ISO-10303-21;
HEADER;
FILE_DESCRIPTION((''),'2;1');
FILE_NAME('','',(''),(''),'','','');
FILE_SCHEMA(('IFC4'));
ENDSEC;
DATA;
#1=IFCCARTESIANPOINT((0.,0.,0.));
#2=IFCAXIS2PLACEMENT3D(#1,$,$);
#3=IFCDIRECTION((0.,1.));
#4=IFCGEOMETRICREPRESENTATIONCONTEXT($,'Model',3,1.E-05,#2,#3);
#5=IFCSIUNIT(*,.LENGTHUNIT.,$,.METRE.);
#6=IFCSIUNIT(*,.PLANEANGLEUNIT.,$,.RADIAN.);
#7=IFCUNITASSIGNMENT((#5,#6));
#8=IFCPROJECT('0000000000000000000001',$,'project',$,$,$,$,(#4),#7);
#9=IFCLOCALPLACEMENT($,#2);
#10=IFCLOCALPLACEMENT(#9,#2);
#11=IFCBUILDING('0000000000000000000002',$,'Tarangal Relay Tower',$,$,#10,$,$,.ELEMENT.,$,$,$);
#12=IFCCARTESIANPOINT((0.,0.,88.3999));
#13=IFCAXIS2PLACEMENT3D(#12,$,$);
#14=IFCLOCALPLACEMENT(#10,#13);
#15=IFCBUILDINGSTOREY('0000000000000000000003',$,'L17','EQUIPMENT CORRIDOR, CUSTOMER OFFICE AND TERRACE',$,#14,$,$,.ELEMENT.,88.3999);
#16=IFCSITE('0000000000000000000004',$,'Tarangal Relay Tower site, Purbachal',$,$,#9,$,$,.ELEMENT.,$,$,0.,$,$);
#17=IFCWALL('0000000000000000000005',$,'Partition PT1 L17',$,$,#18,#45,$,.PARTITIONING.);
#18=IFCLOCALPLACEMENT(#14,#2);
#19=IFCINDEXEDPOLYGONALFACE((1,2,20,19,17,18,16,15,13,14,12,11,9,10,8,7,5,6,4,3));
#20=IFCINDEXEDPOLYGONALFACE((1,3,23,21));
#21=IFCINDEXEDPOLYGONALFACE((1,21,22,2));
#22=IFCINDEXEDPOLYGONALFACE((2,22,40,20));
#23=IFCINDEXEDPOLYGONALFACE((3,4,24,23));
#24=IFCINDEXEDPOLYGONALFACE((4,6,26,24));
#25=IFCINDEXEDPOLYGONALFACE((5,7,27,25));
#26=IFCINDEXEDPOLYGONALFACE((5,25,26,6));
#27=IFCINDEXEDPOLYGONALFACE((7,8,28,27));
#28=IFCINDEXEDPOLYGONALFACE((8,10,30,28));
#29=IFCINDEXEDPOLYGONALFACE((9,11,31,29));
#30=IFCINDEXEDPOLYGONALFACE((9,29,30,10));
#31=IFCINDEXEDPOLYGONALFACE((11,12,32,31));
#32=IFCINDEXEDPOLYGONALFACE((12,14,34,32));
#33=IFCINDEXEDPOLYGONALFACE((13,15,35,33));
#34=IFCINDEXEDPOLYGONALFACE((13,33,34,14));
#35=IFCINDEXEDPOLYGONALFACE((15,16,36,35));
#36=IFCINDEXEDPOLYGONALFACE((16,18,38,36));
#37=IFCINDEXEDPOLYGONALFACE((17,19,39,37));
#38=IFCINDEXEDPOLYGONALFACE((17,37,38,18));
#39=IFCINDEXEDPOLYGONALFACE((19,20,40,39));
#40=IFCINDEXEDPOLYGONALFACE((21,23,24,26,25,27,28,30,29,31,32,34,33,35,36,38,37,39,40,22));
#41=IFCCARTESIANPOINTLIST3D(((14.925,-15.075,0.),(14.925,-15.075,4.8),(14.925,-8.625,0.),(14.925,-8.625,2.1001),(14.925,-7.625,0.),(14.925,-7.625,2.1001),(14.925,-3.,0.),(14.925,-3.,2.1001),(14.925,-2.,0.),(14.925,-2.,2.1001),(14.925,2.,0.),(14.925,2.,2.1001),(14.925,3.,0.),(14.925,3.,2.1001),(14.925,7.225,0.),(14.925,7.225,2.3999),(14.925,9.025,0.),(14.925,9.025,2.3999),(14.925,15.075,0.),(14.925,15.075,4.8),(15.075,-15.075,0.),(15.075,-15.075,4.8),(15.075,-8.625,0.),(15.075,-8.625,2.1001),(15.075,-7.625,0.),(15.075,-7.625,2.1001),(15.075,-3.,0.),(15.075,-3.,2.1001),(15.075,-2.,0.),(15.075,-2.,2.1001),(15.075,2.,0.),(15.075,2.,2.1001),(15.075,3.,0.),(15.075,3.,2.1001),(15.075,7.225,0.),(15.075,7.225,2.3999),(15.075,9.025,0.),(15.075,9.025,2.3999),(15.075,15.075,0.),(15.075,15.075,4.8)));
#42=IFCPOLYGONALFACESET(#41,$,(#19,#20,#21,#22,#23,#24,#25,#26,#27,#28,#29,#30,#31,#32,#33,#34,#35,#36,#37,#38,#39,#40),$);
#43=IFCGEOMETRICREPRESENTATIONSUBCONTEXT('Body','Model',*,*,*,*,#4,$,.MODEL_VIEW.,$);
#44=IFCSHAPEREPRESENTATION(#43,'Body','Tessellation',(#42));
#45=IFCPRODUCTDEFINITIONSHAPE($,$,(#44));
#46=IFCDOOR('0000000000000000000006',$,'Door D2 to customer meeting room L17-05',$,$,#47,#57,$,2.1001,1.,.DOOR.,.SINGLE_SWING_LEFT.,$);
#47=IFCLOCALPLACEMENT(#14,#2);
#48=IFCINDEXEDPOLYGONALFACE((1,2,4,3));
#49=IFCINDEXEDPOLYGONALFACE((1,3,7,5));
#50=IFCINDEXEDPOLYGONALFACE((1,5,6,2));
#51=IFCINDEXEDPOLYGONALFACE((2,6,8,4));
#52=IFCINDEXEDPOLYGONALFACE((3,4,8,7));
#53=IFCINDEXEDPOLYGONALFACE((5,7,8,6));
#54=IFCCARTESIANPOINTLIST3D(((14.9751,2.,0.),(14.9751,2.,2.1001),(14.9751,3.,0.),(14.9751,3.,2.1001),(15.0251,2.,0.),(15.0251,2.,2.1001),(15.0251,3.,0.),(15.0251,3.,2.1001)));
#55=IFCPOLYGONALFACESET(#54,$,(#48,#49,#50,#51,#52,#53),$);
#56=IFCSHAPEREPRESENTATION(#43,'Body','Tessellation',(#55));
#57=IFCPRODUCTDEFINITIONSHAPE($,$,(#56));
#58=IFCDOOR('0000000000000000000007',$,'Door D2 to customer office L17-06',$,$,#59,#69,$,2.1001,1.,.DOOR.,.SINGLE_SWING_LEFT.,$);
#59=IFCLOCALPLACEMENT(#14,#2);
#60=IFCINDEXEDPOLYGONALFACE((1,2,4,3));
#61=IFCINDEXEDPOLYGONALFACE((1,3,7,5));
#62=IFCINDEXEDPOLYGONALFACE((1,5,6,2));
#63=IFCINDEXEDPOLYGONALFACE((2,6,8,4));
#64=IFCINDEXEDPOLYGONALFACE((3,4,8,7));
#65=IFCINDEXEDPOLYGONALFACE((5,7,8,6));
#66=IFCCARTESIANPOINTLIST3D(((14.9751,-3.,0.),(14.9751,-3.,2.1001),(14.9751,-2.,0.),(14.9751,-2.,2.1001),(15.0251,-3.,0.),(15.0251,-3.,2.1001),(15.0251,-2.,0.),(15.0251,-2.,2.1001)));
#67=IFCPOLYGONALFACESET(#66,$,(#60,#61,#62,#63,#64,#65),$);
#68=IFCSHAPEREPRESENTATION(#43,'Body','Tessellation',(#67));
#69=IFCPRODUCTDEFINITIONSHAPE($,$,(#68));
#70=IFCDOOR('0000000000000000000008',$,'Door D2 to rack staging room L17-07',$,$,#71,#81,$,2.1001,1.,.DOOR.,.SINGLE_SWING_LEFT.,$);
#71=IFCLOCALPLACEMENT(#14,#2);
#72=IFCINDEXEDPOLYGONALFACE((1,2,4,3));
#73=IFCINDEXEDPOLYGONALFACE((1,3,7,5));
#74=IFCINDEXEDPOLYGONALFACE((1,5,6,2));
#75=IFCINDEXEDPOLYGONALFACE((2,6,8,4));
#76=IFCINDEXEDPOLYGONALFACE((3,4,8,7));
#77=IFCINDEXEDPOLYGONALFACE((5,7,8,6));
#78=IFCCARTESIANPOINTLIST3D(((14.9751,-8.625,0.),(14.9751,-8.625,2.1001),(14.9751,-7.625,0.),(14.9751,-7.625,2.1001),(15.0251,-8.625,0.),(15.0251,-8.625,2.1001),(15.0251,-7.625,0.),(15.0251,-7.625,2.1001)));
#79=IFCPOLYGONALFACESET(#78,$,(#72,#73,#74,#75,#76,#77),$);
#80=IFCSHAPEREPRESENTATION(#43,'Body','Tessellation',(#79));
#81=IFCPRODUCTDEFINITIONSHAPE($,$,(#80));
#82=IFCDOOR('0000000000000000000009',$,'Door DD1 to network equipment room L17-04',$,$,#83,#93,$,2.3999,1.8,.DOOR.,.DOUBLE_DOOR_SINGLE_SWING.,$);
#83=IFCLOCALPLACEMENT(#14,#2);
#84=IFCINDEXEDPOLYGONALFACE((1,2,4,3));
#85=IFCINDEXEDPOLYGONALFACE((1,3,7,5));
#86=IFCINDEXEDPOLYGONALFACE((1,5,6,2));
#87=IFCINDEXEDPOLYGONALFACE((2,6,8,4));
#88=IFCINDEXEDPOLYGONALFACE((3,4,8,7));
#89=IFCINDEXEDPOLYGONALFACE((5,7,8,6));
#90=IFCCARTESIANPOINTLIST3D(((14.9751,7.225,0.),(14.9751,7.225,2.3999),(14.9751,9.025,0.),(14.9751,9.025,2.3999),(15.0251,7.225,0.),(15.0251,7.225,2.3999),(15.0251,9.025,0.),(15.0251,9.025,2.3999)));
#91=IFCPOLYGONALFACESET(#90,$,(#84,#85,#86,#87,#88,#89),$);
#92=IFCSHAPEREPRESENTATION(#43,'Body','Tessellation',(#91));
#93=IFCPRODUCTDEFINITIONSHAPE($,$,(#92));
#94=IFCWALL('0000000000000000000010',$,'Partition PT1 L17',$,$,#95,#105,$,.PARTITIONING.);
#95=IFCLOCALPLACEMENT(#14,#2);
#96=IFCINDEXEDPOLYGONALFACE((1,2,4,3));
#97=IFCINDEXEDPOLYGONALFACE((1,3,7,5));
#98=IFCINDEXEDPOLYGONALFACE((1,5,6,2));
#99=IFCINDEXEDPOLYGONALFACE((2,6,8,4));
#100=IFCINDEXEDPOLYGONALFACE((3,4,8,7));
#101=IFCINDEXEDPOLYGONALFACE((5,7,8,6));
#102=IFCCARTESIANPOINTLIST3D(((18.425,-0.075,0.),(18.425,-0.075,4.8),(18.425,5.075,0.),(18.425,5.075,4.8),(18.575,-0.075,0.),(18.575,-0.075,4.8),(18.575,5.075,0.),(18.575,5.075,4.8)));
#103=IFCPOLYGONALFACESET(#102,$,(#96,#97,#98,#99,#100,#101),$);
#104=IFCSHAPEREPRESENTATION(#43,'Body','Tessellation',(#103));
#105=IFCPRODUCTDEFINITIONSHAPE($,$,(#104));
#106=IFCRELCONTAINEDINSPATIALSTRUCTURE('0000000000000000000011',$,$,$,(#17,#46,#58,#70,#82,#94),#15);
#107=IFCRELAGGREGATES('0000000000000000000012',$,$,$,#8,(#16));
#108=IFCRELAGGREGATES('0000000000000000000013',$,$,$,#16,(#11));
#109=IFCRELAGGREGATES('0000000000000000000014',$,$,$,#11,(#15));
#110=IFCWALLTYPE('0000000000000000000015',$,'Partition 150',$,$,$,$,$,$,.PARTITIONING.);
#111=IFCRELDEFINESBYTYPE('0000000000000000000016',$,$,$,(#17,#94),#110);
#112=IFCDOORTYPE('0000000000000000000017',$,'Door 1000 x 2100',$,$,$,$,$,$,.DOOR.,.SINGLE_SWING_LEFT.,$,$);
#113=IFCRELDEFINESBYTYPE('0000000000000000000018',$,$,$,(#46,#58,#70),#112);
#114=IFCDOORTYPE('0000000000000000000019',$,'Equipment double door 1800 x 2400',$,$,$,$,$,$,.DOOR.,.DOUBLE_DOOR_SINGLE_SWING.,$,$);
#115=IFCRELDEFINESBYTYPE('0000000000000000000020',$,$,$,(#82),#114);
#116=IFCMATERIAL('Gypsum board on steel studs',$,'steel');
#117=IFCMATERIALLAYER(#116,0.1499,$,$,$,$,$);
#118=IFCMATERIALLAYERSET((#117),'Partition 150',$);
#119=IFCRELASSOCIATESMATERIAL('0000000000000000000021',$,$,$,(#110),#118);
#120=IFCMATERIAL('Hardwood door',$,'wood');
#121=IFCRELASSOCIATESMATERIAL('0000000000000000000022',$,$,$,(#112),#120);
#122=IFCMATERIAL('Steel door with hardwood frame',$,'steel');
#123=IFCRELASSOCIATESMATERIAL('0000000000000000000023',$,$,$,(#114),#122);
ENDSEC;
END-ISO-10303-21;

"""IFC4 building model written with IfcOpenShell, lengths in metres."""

from ifc_helpers import new_model, si_unit, direction, frame, frame_2d, origin, place, context, subcontext, project, spatial, rectangle, extrude, material, layer, layer_set, type_object, element, fill, save


model = new_model("IFC4")

# Units and contexts
model_context = context("Model", 3, precision=1e-05, world=origin(), true_north=direction((0.0, 1.0)))
body_context = subcontext(model_context, "Body", "Model", "MODEL_VIEW")
ifc_project = project(units=[si_unit("LENGTHUNIT", "METRE"), si_unit("PLANEANGLEUNIT", "RADIAN")], contexts=[model_context])

# Site, building, storey
site_placement = place(None, origin())
site = spatial("IfcSite", under=ifc_project, at=site_placement, Name="Tarangal Relay Tower site, Purbachal", CompositionType="ELEMENT", RefElevation=0.0)
building_placement = place(site_placement, origin())
building = spatial("IfcBuilding", under=site, at=building_placement, Name="Tarangal Relay Tower", CompositionType="ELEMENT")
storey_placement = place(building_placement, frame((0.0, 0.0, 88.3999)))
storey = spatial("IfcBuildingStorey", under=building, at=storey_placement, Name="L17", Description="EQUIPMENT CORRIDOR, CUSTOMER OFFICE AND TERRACE", CompositionType="ELEMENT", Elevation=88.3999)

# Shared definitions
ifc_material_1 = material(Name="Hardwood door", Category="wood")

# Shared definitions
ifc_material_2 = material(Name="Steel door with hardwood frame", Category="steel")

# Shared definitions
ifc_material_3 = material(Name="Gypsum board on steel studs", Category="steel")
ifc_layer_1 = layer(ifc_material_3, 0.1499)
ifc_layer_set_1 = layer_set([ifc_layer_1], Name="Partition 150")
wall_type_1 = type_object("IfcWallType", Name="Partition 150", PredefinedType="PARTITIONING", material=ifc_layer_set_1)

# Wall, openings, doors
wall_1_placement = place(storey_placement, frame((15.0, -15.075, 0.0), z_axis=(0.0, 0.0, 1.0), x_axis=(0.0, 1.0, 0.0)))
wall_1 = element("IfcWall", 1, at=wall_1_placement, inside=storey, type_object=wall_type_1, Name="Partition PT1 L17", PredefinedType="PARTITIONING", context=body_context, shape_type="SweptSolid", body=[
    extrude(rectangle(XDim=30.1499, YDim=0.1499, at=frame_2d((15.075, 0.0))), origin(), (0.0, 0.0, 1.0), 4.8),
])
opening_1_placement = place(wall_1_placement, frame((22.3, 0.0, 0.0)))
opening_1 = element("IfcOpeningElement", 2, at=opening_1_placement, cuts=wall_1, PredefinedType="OPENING", context=body_context, shape_type="SweptSolid", body=[
    extrude(rectangle(XDim=1.8, YDim=2.3999, at=frame_2d((0.8999, 1.2))), frame((0.0, 0.085, 0.0), z_axis=(0.0, -1.0, 0.0), x_axis=(1.0, 0.0, 0.0)), (0.0, 0.0, 1.0), 0.1699),
])
opening_2_placement = place(wall_1_placement, frame((17.075, 0.0, 0.0)))
opening_2 = element("IfcOpeningElement", 3, at=opening_2_placement, cuts=wall_1, PredefinedType="OPENING", context=body_context, shape_type="SweptSolid", body=[
    extrude(rectangle(XDim=1.0, YDim=2.1001, at=frame_2d((0.5, 1.05))), frame((0.0, 0.085, 0.0), z_axis=(0.0, -1.0, 0.0), x_axis=(1.0, 0.0, 0.0)), (0.0, 0.0, 1.0), 0.1699),
])
opening_3_placement = place(wall_1_placement, frame((12.075, 0.0, 0.0)))
opening_3 = element("IfcOpeningElement", 4, at=opening_3_placement, cuts=wall_1, PredefinedType="OPENING", context=body_context, shape_type="SweptSolid", body=[
    extrude(rectangle(XDim=1.0, YDim=2.1001, at=frame_2d((0.5, 1.05))), frame((0.0, 0.085, 0.0), z_axis=(0.0, -1.0, 0.0), x_axis=(1.0, 0.0, 0.0)), (0.0, 0.0, 1.0), 0.1699),
])
opening_4_placement = place(wall_1_placement, frame((6.45, 0.0, 0.0)))
opening_4 = element("IfcOpeningElement", 5, at=opening_4_placement, cuts=wall_1, PredefinedType="OPENING", context=body_context, shape_type="SweptSolid", body=[
    extrude(rectangle(XDim=1.0, YDim=2.1001, at=frame_2d((0.5, 1.05))), frame((0.0, 0.085, 0.0), z_axis=(0.0, -1.0, 0.0), x_axis=(1.0, 0.0, 0.0)), (0.0, 0.0, 1.0), 0.1699),
])
door_type_1 = type_object("IfcDoorType", Name="Door 1000 x 2100", OperationType="SINGLE_SWING_LEFT", PredefinedType="DOOR", material=ifc_material_1)
door_1_placement = place(opening_2_placement, origin())
door_1 = element("IfcDoor", 6, at=door_1_placement, inside=storey, type_object=door_type_1, Name="Door D2 to customer meeting room L17-05", OperationType="SINGLE_SWING_LEFT", OverallHeight=2.1001, OverallWidth=1.0, PredefinedType="DOOR", context=body_context, shape_type="SweptSolid", body=[
    extrude(rectangle(XDim=1.0, YDim=2.1001, at=frame_2d((0.5, 1.05))), frame((0.0, 0.0249, 0.0), z_axis=(0.0, -1.0, 0.0), x_axis=(1.0, 0.0, 0.0)), (0.0, 0.0, 1.0), 0.05),
])
fill(opening_2, door_1)
door_2_placement = place(opening_3_placement, origin())
door_2 = element("IfcDoor", 7, at=door_2_placement, inside=storey, type_object=door_type_1, Name="Door D2 to customer office L17-06", OperationType="SINGLE_SWING_LEFT", OverallHeight=2.1001, OverallWidth=1.0, PredefinedType="DOOR", context=body_context, shape_type="SweptSolid", body=[
    extrude(rectangle(XDim=1.0, YDim=2.1001, at=frame_2d((0.5, 1.05))), frame((0.0, 0.0249, 0.0), z_axis=(0.0, -1.0, 0.0), x_axis=(1.0, 0.0, 0.0)), (0.0, 0.0, 1.0), 0.05),
])
fill(opening_3, door_2)
door_3_placement = place(opening_4_placement, origin())
door_3 = element("IfcDoor", 8, at=door_3_placement, inside=storey, type_object=door_type_1, Name="Door D2 to rack staging room L17-07", OperationType="SINGLE_SWING_LEFT", OverallHeight=2.1001, OverallWidth=1.0, PredefinedType="DOOR", context=body_context, shape_type="SweptSolid", body=[
    extrude(rectangle(XDim=1.0, YDim=2.1001, at=frame_2d((0.5, 1.05))), frame((0.0, 0.0249, 0.0), z_axis=(0.0, -1.0, 0.0), x_axis=(1.0, 0.0, 0.0)), (0.0, 0.0, 1.0), 0.05),
])
fill(opening_4, door_3)
door_type_2 = type_object("IfcDoorType", Name="Equipment double door 1800 x 2400", OperationType="DOUBLE_DOOR_SINGLE_SWING", PredefinedType="DOOR", material=ifc_material_2)
door_4_placement = place(opening_1_placement, origin())
door_4 = element("IfcDoor", 9, at=door_4_placement, inside=storey, type_object=door_type_2, Name="Door DD1 to network equipment room L17-04", OperationType="DOUBLE_DOOR_SINGLE_SWING", OverallHeight=2.3999, OverallWidth=1.8, PredefinedType="DOOR", context=body_context, shape_type="SweptSolid", body=[
    extrude(rectangle(XDim=1.8, YDim=2.3999, at=frame_2d((0.8999, 1.2))), frame((0.0, 0.0249, 0.0), z_axis=(0.0, -1.0, 0.0), x_axis=(1.0, 0.0, 0.0)), (0.0, 0.0, 1.0), 0.05),
])
fill(opening_1, door_4)

# Wall
wall_2_placement = place(storey_placement, frame((18.5, -0.075, 0.0), z_axis=(0.0, 0.0, 1.0), x_axis=(0.0, 1.0, 0.0)))
element("IfcWall", 10, at=wall_2_placement, inside=storey, type_object=wall_type_1, Name="Partition PT1 L17", PredefinedType="PARTITIONING", context=body_context, shape_type="SweptSolid", body=[
    extrude(rectangle(XDim=5.1499, YDim=0.1499, at=frame_2d((2.575, 0.0))), origin(), (0.0, 0.0, 1.0), 4.8),
])

save(model, "model.ifc")
